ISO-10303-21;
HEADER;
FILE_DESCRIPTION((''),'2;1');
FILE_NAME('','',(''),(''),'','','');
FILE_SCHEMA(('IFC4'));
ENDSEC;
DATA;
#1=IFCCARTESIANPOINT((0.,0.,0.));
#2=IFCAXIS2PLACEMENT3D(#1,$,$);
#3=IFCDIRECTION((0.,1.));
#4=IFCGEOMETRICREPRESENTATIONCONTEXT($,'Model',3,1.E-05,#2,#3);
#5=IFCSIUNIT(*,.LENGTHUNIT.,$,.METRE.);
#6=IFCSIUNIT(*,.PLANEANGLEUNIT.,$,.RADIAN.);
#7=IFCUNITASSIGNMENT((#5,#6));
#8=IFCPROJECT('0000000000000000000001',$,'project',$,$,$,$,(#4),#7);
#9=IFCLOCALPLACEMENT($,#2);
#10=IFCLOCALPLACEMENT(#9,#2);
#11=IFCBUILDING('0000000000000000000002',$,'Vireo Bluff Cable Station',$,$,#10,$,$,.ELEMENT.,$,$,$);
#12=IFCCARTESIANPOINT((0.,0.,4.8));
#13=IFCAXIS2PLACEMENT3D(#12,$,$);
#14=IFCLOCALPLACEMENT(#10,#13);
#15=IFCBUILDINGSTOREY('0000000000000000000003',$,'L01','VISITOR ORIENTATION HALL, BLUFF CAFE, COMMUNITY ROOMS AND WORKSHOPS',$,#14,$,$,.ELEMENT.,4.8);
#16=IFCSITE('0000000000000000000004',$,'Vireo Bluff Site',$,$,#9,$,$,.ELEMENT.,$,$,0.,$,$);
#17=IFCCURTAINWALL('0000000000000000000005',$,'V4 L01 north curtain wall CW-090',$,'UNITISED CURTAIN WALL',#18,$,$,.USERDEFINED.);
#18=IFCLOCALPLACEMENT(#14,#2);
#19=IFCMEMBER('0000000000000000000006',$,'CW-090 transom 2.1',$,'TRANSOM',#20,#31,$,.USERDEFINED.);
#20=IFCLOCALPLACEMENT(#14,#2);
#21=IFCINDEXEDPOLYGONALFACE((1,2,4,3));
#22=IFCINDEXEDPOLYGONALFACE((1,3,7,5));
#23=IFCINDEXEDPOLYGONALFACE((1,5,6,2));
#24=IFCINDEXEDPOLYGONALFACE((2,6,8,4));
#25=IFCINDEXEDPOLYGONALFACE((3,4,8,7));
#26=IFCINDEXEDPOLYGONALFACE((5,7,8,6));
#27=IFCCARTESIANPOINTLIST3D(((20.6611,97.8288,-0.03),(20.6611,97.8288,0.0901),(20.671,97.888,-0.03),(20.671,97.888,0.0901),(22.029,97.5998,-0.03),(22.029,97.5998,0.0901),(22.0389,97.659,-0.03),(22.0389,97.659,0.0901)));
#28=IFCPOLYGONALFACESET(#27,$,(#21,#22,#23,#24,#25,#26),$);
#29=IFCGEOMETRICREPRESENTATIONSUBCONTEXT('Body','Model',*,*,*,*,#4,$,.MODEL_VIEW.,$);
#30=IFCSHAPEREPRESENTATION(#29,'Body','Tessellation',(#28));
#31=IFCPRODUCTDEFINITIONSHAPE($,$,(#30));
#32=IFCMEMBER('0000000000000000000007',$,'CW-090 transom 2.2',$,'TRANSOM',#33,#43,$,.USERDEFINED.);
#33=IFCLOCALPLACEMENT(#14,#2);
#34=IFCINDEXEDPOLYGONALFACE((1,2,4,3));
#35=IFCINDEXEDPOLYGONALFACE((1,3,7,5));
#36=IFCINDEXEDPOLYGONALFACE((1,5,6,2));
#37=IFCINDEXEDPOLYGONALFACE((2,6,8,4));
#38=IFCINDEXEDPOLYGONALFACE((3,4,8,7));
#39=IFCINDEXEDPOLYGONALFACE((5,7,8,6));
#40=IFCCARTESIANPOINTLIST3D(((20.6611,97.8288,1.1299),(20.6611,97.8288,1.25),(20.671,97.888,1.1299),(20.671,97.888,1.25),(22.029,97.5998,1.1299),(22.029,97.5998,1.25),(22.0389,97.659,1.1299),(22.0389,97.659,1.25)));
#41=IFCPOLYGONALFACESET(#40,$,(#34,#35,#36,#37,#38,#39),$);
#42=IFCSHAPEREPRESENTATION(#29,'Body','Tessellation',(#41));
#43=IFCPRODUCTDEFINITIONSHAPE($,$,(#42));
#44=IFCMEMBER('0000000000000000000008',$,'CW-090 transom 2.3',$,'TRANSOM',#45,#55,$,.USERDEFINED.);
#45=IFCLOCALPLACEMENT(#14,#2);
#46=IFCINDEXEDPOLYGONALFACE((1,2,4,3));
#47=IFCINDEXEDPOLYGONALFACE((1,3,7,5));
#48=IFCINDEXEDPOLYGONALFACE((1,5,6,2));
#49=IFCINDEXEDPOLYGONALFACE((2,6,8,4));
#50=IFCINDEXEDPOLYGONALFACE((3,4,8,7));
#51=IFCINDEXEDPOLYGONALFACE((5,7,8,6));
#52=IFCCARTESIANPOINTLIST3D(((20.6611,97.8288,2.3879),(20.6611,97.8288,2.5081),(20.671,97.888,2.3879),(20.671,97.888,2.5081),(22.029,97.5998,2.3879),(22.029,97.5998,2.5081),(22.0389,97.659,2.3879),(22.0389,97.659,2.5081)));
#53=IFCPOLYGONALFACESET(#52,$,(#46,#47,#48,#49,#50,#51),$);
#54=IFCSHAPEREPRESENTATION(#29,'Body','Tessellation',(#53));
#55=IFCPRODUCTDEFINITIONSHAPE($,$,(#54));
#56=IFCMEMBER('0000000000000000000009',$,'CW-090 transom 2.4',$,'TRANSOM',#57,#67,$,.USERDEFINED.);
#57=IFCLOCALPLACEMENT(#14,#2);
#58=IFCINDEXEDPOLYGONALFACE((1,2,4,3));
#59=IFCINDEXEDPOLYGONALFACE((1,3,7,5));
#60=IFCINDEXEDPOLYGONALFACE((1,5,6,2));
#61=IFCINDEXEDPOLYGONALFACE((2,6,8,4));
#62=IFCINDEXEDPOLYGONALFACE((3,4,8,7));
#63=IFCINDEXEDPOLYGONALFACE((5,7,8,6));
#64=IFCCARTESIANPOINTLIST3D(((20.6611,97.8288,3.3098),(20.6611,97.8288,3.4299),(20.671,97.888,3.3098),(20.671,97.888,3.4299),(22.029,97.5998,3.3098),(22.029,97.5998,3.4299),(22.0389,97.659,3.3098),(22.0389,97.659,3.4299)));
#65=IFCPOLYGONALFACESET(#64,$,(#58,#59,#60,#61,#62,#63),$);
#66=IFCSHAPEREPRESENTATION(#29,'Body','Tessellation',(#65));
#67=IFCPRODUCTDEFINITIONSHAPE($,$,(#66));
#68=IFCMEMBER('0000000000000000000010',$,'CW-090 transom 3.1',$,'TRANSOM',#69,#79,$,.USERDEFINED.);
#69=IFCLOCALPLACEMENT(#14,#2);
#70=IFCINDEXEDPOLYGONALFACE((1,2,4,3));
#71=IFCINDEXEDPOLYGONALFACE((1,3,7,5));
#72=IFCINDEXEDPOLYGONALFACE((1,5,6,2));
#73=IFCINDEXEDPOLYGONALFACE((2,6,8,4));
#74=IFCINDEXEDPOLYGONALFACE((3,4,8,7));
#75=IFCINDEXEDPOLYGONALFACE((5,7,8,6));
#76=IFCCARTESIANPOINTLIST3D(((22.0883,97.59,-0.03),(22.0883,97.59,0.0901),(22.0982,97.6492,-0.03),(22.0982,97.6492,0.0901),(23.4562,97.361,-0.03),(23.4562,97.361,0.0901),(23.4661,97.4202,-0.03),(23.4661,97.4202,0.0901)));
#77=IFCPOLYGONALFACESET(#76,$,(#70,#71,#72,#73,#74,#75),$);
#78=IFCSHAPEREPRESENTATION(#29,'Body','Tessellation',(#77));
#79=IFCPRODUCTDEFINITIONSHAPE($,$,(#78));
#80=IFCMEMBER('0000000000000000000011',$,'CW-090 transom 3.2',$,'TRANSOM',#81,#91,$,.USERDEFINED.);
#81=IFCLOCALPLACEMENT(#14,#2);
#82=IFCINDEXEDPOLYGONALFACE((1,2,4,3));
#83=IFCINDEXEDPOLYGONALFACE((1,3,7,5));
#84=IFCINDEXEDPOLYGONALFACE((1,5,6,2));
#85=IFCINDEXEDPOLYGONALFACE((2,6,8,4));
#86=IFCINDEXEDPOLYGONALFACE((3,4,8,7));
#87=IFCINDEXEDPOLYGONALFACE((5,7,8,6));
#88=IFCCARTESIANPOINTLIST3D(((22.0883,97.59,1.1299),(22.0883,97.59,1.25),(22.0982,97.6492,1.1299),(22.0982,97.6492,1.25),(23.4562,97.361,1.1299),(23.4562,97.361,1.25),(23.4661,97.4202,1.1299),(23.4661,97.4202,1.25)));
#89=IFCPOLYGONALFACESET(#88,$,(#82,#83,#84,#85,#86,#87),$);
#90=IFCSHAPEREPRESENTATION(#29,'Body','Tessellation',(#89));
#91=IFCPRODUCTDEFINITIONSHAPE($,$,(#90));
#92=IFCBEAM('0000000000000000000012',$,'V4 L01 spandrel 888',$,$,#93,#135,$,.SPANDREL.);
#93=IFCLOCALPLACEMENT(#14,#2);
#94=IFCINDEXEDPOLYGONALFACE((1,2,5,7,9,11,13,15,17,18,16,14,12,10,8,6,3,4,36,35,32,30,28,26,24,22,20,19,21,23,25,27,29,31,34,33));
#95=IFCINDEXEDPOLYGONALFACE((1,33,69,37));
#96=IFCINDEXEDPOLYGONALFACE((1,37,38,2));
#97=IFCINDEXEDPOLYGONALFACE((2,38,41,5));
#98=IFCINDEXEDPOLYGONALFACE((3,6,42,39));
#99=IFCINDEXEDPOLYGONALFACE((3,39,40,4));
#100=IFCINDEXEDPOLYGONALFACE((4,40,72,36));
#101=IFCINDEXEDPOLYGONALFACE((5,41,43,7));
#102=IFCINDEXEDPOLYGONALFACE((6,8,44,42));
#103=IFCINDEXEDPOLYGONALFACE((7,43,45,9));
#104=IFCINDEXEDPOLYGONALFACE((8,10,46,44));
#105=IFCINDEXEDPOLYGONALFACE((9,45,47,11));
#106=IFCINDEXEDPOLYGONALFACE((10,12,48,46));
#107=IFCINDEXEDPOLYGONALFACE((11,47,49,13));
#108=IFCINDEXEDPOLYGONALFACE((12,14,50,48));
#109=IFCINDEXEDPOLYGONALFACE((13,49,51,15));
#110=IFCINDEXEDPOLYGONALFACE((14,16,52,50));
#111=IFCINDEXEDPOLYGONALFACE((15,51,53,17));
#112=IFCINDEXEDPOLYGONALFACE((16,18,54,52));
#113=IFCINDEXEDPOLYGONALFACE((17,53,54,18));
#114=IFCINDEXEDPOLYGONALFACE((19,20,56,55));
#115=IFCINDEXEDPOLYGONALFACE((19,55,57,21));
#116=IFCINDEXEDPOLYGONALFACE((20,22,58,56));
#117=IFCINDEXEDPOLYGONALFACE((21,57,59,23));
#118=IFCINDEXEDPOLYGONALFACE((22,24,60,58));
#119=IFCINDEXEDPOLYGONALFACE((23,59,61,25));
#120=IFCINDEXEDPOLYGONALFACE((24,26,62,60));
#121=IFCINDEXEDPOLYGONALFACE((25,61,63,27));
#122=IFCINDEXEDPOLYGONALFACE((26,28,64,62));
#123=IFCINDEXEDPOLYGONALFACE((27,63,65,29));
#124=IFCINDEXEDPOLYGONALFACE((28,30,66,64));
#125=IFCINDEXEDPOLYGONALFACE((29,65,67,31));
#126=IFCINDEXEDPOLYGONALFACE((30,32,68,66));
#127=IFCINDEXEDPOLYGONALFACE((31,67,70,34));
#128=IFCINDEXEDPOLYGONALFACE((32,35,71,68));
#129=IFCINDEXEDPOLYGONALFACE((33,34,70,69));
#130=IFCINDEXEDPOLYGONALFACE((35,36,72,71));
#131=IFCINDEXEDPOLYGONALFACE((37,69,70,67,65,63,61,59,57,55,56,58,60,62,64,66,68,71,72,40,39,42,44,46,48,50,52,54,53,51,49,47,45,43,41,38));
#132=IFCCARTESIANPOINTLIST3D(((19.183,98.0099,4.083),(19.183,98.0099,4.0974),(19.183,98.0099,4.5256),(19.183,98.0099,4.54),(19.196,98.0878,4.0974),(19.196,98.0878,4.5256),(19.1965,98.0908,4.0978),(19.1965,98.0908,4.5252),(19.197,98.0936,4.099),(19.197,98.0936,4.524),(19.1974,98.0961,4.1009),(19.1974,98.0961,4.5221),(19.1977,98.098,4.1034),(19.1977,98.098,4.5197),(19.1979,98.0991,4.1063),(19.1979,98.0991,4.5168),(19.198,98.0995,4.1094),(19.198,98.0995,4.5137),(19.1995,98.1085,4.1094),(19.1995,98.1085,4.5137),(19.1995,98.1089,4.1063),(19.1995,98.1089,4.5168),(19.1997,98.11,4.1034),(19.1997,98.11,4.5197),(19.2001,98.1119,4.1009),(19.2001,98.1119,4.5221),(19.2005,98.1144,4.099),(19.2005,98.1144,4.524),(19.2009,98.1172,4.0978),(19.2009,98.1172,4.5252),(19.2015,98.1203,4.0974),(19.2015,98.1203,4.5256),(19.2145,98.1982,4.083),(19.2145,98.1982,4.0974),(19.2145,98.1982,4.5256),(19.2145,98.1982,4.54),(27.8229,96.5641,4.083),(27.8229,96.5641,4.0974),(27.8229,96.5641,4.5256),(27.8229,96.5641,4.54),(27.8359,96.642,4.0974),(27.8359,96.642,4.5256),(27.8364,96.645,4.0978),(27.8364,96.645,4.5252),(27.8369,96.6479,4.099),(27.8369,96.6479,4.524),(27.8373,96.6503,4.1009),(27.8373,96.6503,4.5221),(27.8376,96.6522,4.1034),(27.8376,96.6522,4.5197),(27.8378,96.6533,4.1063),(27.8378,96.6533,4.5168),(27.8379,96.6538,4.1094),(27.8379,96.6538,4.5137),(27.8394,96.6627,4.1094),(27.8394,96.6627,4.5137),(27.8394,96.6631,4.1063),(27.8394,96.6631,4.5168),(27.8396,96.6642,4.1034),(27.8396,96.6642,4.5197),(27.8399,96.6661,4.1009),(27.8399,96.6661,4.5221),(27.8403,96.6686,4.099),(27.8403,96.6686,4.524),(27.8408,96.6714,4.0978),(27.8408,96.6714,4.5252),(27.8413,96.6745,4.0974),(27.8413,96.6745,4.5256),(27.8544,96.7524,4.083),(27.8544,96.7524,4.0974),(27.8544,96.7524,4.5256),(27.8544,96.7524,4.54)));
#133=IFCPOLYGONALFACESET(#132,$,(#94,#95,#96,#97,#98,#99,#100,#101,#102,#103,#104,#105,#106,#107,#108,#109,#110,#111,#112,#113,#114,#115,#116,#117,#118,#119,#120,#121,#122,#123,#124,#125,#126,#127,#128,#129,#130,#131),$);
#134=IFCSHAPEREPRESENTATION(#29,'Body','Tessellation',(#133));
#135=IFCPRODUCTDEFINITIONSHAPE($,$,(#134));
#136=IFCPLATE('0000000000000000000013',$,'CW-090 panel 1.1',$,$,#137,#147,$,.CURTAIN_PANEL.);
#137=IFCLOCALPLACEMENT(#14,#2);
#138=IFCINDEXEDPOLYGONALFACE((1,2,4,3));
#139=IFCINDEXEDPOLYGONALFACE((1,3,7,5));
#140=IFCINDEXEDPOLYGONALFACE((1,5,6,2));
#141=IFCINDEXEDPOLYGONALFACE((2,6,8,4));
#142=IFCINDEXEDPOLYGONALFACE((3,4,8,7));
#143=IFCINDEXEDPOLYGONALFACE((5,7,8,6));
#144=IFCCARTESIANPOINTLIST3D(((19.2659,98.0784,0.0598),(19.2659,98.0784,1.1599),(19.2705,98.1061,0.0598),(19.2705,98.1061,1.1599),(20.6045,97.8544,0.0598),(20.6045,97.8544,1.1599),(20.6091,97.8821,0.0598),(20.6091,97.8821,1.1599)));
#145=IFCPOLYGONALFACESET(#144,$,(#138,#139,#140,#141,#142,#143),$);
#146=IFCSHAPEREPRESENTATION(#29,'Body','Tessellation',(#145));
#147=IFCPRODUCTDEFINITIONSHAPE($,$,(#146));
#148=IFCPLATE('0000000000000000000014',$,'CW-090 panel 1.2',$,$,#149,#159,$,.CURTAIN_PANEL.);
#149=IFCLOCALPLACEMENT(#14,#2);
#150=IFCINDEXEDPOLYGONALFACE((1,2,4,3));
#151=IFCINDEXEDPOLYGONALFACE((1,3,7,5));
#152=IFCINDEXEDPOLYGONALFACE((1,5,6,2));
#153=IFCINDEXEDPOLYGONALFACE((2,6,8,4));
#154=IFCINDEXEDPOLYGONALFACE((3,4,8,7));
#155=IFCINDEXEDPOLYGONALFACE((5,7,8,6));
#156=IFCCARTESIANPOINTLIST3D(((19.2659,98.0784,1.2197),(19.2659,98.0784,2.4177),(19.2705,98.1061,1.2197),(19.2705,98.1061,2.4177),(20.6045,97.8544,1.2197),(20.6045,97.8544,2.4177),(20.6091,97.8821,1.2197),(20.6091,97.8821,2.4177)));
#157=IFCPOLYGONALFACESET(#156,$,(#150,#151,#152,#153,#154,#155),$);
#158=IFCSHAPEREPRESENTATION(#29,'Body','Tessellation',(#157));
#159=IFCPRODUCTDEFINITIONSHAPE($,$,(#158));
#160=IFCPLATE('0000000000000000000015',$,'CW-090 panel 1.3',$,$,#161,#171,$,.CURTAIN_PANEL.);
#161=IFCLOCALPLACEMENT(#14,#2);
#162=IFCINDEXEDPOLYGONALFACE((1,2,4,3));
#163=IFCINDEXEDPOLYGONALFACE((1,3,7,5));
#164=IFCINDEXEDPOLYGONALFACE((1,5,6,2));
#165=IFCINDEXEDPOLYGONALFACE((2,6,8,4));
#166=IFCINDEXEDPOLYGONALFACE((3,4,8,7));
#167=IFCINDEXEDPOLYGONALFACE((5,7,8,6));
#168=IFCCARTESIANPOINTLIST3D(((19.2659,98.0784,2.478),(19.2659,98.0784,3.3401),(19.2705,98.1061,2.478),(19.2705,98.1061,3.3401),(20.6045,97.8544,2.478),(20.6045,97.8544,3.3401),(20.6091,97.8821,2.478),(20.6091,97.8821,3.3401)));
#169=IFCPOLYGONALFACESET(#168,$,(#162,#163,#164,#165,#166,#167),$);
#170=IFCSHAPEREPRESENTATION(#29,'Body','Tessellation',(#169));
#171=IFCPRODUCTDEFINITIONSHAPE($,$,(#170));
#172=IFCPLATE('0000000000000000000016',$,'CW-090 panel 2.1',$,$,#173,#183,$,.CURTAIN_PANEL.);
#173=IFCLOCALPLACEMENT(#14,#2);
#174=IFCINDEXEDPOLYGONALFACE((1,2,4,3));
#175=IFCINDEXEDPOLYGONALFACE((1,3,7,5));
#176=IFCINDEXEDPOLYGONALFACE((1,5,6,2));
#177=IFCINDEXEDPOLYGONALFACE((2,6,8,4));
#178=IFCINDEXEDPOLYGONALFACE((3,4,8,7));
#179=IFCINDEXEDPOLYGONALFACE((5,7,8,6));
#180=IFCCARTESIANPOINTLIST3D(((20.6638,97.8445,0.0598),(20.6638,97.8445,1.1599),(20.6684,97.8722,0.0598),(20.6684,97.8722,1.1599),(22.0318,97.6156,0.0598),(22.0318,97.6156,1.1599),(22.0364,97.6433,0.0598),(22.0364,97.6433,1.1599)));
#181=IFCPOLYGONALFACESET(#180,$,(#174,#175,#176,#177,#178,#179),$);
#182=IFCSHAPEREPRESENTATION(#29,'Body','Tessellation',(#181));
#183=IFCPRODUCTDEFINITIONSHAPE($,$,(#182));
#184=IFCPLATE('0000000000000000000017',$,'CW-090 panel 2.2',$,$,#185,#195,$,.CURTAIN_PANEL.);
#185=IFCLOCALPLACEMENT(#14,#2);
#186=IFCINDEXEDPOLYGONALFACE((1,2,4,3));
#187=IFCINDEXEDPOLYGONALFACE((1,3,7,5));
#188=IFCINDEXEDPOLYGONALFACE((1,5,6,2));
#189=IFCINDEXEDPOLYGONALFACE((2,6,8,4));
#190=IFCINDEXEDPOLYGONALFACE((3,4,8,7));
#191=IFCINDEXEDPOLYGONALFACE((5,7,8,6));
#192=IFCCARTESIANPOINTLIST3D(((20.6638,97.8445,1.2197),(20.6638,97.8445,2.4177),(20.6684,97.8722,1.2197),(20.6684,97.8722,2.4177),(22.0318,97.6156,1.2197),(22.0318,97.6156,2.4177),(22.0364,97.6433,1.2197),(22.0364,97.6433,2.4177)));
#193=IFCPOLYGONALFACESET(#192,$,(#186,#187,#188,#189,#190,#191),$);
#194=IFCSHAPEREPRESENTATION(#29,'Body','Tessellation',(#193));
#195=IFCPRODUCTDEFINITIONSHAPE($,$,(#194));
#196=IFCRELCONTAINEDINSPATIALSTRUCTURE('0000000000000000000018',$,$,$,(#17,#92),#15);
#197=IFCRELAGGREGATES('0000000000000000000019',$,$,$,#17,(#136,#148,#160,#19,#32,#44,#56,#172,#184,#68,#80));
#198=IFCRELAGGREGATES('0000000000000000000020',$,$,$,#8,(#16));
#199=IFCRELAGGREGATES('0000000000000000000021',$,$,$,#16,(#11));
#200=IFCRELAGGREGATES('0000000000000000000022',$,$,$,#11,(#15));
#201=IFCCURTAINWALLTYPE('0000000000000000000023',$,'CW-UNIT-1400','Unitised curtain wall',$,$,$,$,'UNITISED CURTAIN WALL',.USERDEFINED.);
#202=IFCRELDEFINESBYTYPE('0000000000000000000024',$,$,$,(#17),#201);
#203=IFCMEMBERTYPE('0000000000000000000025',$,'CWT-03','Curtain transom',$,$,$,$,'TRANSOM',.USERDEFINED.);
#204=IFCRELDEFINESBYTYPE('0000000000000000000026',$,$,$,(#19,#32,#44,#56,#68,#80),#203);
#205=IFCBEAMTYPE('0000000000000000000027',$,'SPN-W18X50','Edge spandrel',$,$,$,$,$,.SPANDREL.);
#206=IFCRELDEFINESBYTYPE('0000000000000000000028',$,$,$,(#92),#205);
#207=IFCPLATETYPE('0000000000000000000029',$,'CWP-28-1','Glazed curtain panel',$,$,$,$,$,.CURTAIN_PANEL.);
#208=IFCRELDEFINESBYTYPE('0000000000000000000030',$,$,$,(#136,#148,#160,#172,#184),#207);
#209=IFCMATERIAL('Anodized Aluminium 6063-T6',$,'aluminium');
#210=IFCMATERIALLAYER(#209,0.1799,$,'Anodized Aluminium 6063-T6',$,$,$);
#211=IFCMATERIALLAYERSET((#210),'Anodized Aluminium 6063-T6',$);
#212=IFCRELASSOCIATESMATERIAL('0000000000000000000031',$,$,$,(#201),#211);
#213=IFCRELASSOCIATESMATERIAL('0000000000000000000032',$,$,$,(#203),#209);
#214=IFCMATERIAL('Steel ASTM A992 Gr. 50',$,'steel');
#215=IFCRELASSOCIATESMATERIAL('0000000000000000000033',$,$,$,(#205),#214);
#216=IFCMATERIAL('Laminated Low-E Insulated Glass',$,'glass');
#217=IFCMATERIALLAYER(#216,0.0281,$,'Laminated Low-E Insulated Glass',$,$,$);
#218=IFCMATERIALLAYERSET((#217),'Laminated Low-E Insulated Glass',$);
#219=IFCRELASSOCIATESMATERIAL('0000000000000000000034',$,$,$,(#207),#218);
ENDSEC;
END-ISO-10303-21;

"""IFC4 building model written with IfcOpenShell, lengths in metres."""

from ifc_helpers import new_model, si_unit, direction, frame, origin, origin_2d, place, context, subcontext, project, spatial, rectangle, i_section, extrude, material, layer, layer_set, material_profile, profile_set, type_object, element, aggregate, save


model = new_model("IFC4")

# Units and contexts
model_context = context("Model", 3, precision=1e-05, world=origin(), true_north=direction((0.0, 1.0)))
body_context = subcontext(model_context, "Body", "Model", "MODEL_VIEW")
ifc_project = project(units=[si_unit("LENGTHUNIT", "METRE"), si_unit("PLANEANGLEUNIT", "RADIAN")], contexts=[model_context])

# Site, building, storey
site_placement = place(None, origin())
site = spatial("IfcSite", under=ifc_project, at=site_placement, Name="Vireo Bluff Site", CompositionType="ELEMENT", RefElevation=0.0)
building_placement = place(site_placement, origin())
building = spatial("IfcBuilding", under=site, at=building_placement, Name="Vireo Bluff Cable Station", CompositionType="ELEMENT")
storey_placement = place(building_placement, frame((0.0, 0.0, 4.8)))
storey = spatial("IfcBuildingStorey", under=building, at=storey_placement, Name="L01", Description="VISITOR ORIENTATION HALL, BLUFF CAFE, COMMUNITY ROOMS AND WORKSHOPS", CompositionType="ELEMENT", Elevation=4.8)

# Shared definitions
ifc_material_1 = material(Name="Steel ASTM A992 Gr. 50", Category="steel")

# Curtain wall, members
ifc_material_2 = material(Name="Anodized Aluminium 6063-T6", Category="aluminium")
ifc_layer_1 = layer(ifc_material_2, 0.1799, Name="Anodized Aluminium 6063-T6")
ifc_layer_set_1 = layer_set([ifc_layer_1], Name="Anodized Aluminium 6063-T6")
curtain_wall_type = type_object("IfcCurtainWallType", Name="CW-UNIT-1400", Description="Unitised curtain wall", ElementType="UNITISED CURTAIN WALL", PredefinedType="USERDEFINED", material=ifc_layer_set_1)
curtain_wall_placement = place(storey_placement, origin())
curtain_wall = element("IfcCurtainWall", 1, at=curtain_wall_placement, inside=storey, type_object=curtain_wall_type, Name="V4 L01 north curtain wall CW-090", ObjectType="UNITISED CURTAIN WALL", PredefinedType="USERDEFINED")
ifc_material_profile_1 = material_profile(ifc_material_2, rectangle(XDim=0.0601, YDim=0.1201, at=origin_2d()), Name="ALU-T-60X120")
ifc_profile_set_1 = profile_set([ifc_material_profile_1], Name="Anodized Aluminium 6063-T6")
member_type_1 = type_object("IfcMemberType", Name="CWT-03", Description="Curtain transom", ElementType="TRANSOM", PredefinedType="USERDEFINED", material=ifc_profile_set_1)
member_1_placement = place(storey_placement, frame((20.666, 97.8584, 0.03), z_axis=(0.986275, -0.165113, 0.0), x_axis=(0.165113, 0.986275, 0.0)))
member_1 = element("IfcMember", 2, at=member_1_placement, type_object=member_type_1, Name="CW-090 transom 2.1", ObjectType="TRANSOM", PredefinedType="USERDEFINED", context=body_context, shape_type="SweptSolid", body=[
    extrude(rectangle(XDim=0.0601, YDim=0.1201, at=origin_2d()), origin(), (0.0, 0.0, 1.0), 1.387),
])
member_2_placement = place(storey_placement, frame((20.666, 97.8584, 1.1899), z_axis=(0.986275, -0.165113, 0.0), x_axis=(0.165113, 0.986275, 0.0)))
member_2 = element("IfcMember", 3, at=member_2_placement, type_object=member_type_1, Name="CW-090 transom 2.2", ObjectType="TRANSOM", PredefinedType="USERDEFINED", context=body_context, shape_type="SweptSolid", body=[
    extrude(rectangle(XDim=0.0601, YDim=0.1201, at=origin_2d()), origin(), (0.0, 0.0, 1.0), 1.387),
])
member_3_placement = place(storey_placement, frame((20.666, 97.8584, 2.448), z_axis=(0.986275, -0.165113, 0.0), x_axis=(0.165113, 0.986275, 0.0)))
member_3 = element("IfcMember", 4, at=member_3_placement, type_object=member_type_1, Name="CW-090 transom 2.3", ObjectType="TRANSOM", PredefinedType="USERDEFINED", context=body_context, shape_type="SweptSolid", body=[
    extrude(rectangle(XDim=0.0601, YDim=0.1201, at=origin_2d()), origin(), (0.0, 0.0, 1.0), 1.387),
])
member_4_placement = place(storey_placement, frame((20.666, 97.8584, 3.3699), z_axis=(0.986275, -0.165113, 0.0), x_axis=(0.165113, 0.986275, 0.0)))
member_4 = element("IfcMember", 5, at=member_4_placement, type_object=member_type_1, Name="CW-090 transom 2.4", ObjectType="TRANSOM", PredefinedType="USERDEFINED", context=body_context, shape_type="SweptSolid", body=[
    extrude(rectangle(XDim=0.0601, YDim=0.1201, at=origin_2d()), origin(), (0.0, 0.0, 1.0), 1.387),
])
member_5_placement = place(storey_placement, frame((22.0933, 97.6196, 0.03), z_axis=(0.986275, -0.165113, 0.0), x_axis=(0.165113, 0.986275, 0.0)))
member_5 = element("IfcMember", 6, at=member_5_placement, type_object=member_type_1, Name="CW-090 transom 3.1", ObjectType="TRANSOM", PredefinedType="USERDEFINED", context=body_context, shape_type="SweptSolid", body=[
    extrude(rectangle(XDim=0.0601, YDim=0.1201, at=origin_2d()), origin(), (0.0, 0.0, 1.0), 1.387),
])
member_6_placement = place(storey_placement, frame((22.0933, 97.6196, 1.1899), z_axis=(0.986275, -0.165113, 0.0), x_axis=(0.165113, 0.986275, 0.0)))
member_6 = element("IfcMember", 7, at=member_6_placement, type_object=member_type_1, Name="CW-090 transom 3.2", ObjectType="TRANSOM", PredefinedType="USERDEFINED", context=body_context, shape_type="SweptSolid", body=[
    extrude(rectangle(XDim=0.0601, YDim=0.1201, at=origin_2d()), origin(), (0.0, 0.0, 1.0), 1.387),
])

# Beam
ifc_material_profile_2 = material_profile(ifc_material_1, i_section(OverallWidth=0.1909, OverallDepth=0.457, WebThickness=0.009, FlangeThickness=0.0144, FilletRadius=0.012, at=origin_2d()), Name="W18X50")
ifc_profile_set_2 = profile_set([ifc_material_profile_2], Name="Steel ASTM A992 Gr. 50")
beam_type = type_object("IfcBeamType", Name="SPN-W18X50", Description="Edge spandrel", PredefinedType="SPANDREL", material=ifc_profile_set_2)
beam_placement = place(storey_placement, frame((19.1987, 98.104, 4.3115), z_axis=(0.986286, -0.165045, 0.0), x_axis=(0.165045, 0.986286, 0.0)))
element("IfcBeam", 8, at=beam_placement, inside=storey, type_object=beam_type, Name="V4 L01 spandrel 888", PredefinedType="SPANDREL", context=body_context, shape_type="SweptSolid", body=[
    extrude(i_section(OverallWidth=0.1909, OverallDepth=0.457, WebThickness=0.009, FlangeThickness=0.0144, FilletRadius=0.012, at=origin_2d()), origin(), (0.0, 0.0, 1.0), 8.76),
])

# Plates
ifc_material_3 = material(Name="Laminated Low-E Insulated Glass", Category="glass")
ifc_layer_2 = layer(ifc_material_3, 0.0281, Name="Laminated Low-E Insulated Glass")
ifc_layer_set_2 = layer_set([ifc_layer_2], Name="Laminated Low-E Insulated Glass")
plate_type_1 = type_object("IfcPlateType", Name="CWP-28-1", Description="Glazed curtain panel", PredefinedType="CURTAIN_PANEL", material=ifc_layer_set_2)
plate_1_placement = place(storey_placement, frame((19.9375, 97.9802, 0.0598), z_axis=(0.0, 0.0, 1.0), x_axis=(0.986286, -0.165048, 0.0)))
plate_1 = element("IfcPlate", 9, at=plate_1_placement, type_object=plate_type_1, Name="CW-090 panel 1.1", PredefinedType="CURTAIN_PANEL", context=body_context, shape_type="SweptSolid", body=[
    extrude(rectangle(XDim=1.3572, YDim=0.0281, at=origin_2d()), origin(), (0.0, 0.0, 1.0), 1.1001),
])
plate_2_placement = place(storey_placement, frame((19.9375, 97.9802, 1.2197), z_axis=(0.0, 0.0, 1.0), x_axis=(0.986286, -0.165048, 0.0)))
plate_2 = element("IfcPlate", 10, at=plate_2_placement, type_object=plate_type_1, Name="CW-090 panel 1.2", PredefinedType="CURTAIN_PANEL", context=body_context, shape_type="SweptSolid", body=[
    extrude(rectangle(XDim=1.3572, YDim=0.0281, at=origin_2d()), origin(), (0.0, 0.0, 1.0), 1.198),
])
plate_3_placement = place(storey_placement, frame((19.9375, 97.9802, 2.478), z_axis=(0.0, 0.0, 1.0), x_axis=(0.986286, -0.165048, 0.0)))
plate_3 = element("IfcPlate", 11, at=plate_3_placement, type_object=plate_type_1, Name="CW-090 panel 1.3", PredefinedType="CURTAIN_PANEL", context=body_context, shape_type="SweptSolid", body=[
    extrude(rectangle(XDim=1.3572, YDim=0.0281, at=origin_2d()), origin(), (0.0, 0.0, 1.0), 0.8621),
])
plate_4_placement = place(storey_placement, frame((21.3501, 97.7439, 0.0598), z_axis=(0.0, 0.0, 1.0), x_axis=(0.986286, -0.165048, 0.0)))
plate_4 = element("IfcPlate", 12, at=plate_4_placement, type_object=plate_type_1, Name="CW-090 panel 2.1", PredefinedType="CURTAIN_PANEL", context=body_context, shape_type="SweptSolid", body=[
    extrude(rectangle(XDim=1.387, YDim=0.0281, at=origin_2d()), origin(), (0.0, 0.0, 1.0), 1.1001),
])
plate_5_placement = place(storey_placement, frame((21.3501, 97.7439, 1.2197), z_axis=(0.0, 0.0, 1.0), x_axis=(0.986286, -0.165048, 0.0)))
plate_5 = element("IfcPlate", 13, at=plate_5_placement, type_object=plate_type_1, Name="CW-090 panel 2.2", PredefinedType="CURTAIN_PANEL", context=body_context, shape_type="SweptSolid", body=[
    extrude(rectangle(XDim=1.387, YDim=0.0281, at=origin_2d()), origin(), (0.0, 0.0, 1.0), 1.198),
])
aggregate(curtain_wall, [plate_1, plate_2, plate_3, member_1, member_2, member_3, member_4, plate_4, plate_5, member_5, member_6])

save(model, "model.ifc")
